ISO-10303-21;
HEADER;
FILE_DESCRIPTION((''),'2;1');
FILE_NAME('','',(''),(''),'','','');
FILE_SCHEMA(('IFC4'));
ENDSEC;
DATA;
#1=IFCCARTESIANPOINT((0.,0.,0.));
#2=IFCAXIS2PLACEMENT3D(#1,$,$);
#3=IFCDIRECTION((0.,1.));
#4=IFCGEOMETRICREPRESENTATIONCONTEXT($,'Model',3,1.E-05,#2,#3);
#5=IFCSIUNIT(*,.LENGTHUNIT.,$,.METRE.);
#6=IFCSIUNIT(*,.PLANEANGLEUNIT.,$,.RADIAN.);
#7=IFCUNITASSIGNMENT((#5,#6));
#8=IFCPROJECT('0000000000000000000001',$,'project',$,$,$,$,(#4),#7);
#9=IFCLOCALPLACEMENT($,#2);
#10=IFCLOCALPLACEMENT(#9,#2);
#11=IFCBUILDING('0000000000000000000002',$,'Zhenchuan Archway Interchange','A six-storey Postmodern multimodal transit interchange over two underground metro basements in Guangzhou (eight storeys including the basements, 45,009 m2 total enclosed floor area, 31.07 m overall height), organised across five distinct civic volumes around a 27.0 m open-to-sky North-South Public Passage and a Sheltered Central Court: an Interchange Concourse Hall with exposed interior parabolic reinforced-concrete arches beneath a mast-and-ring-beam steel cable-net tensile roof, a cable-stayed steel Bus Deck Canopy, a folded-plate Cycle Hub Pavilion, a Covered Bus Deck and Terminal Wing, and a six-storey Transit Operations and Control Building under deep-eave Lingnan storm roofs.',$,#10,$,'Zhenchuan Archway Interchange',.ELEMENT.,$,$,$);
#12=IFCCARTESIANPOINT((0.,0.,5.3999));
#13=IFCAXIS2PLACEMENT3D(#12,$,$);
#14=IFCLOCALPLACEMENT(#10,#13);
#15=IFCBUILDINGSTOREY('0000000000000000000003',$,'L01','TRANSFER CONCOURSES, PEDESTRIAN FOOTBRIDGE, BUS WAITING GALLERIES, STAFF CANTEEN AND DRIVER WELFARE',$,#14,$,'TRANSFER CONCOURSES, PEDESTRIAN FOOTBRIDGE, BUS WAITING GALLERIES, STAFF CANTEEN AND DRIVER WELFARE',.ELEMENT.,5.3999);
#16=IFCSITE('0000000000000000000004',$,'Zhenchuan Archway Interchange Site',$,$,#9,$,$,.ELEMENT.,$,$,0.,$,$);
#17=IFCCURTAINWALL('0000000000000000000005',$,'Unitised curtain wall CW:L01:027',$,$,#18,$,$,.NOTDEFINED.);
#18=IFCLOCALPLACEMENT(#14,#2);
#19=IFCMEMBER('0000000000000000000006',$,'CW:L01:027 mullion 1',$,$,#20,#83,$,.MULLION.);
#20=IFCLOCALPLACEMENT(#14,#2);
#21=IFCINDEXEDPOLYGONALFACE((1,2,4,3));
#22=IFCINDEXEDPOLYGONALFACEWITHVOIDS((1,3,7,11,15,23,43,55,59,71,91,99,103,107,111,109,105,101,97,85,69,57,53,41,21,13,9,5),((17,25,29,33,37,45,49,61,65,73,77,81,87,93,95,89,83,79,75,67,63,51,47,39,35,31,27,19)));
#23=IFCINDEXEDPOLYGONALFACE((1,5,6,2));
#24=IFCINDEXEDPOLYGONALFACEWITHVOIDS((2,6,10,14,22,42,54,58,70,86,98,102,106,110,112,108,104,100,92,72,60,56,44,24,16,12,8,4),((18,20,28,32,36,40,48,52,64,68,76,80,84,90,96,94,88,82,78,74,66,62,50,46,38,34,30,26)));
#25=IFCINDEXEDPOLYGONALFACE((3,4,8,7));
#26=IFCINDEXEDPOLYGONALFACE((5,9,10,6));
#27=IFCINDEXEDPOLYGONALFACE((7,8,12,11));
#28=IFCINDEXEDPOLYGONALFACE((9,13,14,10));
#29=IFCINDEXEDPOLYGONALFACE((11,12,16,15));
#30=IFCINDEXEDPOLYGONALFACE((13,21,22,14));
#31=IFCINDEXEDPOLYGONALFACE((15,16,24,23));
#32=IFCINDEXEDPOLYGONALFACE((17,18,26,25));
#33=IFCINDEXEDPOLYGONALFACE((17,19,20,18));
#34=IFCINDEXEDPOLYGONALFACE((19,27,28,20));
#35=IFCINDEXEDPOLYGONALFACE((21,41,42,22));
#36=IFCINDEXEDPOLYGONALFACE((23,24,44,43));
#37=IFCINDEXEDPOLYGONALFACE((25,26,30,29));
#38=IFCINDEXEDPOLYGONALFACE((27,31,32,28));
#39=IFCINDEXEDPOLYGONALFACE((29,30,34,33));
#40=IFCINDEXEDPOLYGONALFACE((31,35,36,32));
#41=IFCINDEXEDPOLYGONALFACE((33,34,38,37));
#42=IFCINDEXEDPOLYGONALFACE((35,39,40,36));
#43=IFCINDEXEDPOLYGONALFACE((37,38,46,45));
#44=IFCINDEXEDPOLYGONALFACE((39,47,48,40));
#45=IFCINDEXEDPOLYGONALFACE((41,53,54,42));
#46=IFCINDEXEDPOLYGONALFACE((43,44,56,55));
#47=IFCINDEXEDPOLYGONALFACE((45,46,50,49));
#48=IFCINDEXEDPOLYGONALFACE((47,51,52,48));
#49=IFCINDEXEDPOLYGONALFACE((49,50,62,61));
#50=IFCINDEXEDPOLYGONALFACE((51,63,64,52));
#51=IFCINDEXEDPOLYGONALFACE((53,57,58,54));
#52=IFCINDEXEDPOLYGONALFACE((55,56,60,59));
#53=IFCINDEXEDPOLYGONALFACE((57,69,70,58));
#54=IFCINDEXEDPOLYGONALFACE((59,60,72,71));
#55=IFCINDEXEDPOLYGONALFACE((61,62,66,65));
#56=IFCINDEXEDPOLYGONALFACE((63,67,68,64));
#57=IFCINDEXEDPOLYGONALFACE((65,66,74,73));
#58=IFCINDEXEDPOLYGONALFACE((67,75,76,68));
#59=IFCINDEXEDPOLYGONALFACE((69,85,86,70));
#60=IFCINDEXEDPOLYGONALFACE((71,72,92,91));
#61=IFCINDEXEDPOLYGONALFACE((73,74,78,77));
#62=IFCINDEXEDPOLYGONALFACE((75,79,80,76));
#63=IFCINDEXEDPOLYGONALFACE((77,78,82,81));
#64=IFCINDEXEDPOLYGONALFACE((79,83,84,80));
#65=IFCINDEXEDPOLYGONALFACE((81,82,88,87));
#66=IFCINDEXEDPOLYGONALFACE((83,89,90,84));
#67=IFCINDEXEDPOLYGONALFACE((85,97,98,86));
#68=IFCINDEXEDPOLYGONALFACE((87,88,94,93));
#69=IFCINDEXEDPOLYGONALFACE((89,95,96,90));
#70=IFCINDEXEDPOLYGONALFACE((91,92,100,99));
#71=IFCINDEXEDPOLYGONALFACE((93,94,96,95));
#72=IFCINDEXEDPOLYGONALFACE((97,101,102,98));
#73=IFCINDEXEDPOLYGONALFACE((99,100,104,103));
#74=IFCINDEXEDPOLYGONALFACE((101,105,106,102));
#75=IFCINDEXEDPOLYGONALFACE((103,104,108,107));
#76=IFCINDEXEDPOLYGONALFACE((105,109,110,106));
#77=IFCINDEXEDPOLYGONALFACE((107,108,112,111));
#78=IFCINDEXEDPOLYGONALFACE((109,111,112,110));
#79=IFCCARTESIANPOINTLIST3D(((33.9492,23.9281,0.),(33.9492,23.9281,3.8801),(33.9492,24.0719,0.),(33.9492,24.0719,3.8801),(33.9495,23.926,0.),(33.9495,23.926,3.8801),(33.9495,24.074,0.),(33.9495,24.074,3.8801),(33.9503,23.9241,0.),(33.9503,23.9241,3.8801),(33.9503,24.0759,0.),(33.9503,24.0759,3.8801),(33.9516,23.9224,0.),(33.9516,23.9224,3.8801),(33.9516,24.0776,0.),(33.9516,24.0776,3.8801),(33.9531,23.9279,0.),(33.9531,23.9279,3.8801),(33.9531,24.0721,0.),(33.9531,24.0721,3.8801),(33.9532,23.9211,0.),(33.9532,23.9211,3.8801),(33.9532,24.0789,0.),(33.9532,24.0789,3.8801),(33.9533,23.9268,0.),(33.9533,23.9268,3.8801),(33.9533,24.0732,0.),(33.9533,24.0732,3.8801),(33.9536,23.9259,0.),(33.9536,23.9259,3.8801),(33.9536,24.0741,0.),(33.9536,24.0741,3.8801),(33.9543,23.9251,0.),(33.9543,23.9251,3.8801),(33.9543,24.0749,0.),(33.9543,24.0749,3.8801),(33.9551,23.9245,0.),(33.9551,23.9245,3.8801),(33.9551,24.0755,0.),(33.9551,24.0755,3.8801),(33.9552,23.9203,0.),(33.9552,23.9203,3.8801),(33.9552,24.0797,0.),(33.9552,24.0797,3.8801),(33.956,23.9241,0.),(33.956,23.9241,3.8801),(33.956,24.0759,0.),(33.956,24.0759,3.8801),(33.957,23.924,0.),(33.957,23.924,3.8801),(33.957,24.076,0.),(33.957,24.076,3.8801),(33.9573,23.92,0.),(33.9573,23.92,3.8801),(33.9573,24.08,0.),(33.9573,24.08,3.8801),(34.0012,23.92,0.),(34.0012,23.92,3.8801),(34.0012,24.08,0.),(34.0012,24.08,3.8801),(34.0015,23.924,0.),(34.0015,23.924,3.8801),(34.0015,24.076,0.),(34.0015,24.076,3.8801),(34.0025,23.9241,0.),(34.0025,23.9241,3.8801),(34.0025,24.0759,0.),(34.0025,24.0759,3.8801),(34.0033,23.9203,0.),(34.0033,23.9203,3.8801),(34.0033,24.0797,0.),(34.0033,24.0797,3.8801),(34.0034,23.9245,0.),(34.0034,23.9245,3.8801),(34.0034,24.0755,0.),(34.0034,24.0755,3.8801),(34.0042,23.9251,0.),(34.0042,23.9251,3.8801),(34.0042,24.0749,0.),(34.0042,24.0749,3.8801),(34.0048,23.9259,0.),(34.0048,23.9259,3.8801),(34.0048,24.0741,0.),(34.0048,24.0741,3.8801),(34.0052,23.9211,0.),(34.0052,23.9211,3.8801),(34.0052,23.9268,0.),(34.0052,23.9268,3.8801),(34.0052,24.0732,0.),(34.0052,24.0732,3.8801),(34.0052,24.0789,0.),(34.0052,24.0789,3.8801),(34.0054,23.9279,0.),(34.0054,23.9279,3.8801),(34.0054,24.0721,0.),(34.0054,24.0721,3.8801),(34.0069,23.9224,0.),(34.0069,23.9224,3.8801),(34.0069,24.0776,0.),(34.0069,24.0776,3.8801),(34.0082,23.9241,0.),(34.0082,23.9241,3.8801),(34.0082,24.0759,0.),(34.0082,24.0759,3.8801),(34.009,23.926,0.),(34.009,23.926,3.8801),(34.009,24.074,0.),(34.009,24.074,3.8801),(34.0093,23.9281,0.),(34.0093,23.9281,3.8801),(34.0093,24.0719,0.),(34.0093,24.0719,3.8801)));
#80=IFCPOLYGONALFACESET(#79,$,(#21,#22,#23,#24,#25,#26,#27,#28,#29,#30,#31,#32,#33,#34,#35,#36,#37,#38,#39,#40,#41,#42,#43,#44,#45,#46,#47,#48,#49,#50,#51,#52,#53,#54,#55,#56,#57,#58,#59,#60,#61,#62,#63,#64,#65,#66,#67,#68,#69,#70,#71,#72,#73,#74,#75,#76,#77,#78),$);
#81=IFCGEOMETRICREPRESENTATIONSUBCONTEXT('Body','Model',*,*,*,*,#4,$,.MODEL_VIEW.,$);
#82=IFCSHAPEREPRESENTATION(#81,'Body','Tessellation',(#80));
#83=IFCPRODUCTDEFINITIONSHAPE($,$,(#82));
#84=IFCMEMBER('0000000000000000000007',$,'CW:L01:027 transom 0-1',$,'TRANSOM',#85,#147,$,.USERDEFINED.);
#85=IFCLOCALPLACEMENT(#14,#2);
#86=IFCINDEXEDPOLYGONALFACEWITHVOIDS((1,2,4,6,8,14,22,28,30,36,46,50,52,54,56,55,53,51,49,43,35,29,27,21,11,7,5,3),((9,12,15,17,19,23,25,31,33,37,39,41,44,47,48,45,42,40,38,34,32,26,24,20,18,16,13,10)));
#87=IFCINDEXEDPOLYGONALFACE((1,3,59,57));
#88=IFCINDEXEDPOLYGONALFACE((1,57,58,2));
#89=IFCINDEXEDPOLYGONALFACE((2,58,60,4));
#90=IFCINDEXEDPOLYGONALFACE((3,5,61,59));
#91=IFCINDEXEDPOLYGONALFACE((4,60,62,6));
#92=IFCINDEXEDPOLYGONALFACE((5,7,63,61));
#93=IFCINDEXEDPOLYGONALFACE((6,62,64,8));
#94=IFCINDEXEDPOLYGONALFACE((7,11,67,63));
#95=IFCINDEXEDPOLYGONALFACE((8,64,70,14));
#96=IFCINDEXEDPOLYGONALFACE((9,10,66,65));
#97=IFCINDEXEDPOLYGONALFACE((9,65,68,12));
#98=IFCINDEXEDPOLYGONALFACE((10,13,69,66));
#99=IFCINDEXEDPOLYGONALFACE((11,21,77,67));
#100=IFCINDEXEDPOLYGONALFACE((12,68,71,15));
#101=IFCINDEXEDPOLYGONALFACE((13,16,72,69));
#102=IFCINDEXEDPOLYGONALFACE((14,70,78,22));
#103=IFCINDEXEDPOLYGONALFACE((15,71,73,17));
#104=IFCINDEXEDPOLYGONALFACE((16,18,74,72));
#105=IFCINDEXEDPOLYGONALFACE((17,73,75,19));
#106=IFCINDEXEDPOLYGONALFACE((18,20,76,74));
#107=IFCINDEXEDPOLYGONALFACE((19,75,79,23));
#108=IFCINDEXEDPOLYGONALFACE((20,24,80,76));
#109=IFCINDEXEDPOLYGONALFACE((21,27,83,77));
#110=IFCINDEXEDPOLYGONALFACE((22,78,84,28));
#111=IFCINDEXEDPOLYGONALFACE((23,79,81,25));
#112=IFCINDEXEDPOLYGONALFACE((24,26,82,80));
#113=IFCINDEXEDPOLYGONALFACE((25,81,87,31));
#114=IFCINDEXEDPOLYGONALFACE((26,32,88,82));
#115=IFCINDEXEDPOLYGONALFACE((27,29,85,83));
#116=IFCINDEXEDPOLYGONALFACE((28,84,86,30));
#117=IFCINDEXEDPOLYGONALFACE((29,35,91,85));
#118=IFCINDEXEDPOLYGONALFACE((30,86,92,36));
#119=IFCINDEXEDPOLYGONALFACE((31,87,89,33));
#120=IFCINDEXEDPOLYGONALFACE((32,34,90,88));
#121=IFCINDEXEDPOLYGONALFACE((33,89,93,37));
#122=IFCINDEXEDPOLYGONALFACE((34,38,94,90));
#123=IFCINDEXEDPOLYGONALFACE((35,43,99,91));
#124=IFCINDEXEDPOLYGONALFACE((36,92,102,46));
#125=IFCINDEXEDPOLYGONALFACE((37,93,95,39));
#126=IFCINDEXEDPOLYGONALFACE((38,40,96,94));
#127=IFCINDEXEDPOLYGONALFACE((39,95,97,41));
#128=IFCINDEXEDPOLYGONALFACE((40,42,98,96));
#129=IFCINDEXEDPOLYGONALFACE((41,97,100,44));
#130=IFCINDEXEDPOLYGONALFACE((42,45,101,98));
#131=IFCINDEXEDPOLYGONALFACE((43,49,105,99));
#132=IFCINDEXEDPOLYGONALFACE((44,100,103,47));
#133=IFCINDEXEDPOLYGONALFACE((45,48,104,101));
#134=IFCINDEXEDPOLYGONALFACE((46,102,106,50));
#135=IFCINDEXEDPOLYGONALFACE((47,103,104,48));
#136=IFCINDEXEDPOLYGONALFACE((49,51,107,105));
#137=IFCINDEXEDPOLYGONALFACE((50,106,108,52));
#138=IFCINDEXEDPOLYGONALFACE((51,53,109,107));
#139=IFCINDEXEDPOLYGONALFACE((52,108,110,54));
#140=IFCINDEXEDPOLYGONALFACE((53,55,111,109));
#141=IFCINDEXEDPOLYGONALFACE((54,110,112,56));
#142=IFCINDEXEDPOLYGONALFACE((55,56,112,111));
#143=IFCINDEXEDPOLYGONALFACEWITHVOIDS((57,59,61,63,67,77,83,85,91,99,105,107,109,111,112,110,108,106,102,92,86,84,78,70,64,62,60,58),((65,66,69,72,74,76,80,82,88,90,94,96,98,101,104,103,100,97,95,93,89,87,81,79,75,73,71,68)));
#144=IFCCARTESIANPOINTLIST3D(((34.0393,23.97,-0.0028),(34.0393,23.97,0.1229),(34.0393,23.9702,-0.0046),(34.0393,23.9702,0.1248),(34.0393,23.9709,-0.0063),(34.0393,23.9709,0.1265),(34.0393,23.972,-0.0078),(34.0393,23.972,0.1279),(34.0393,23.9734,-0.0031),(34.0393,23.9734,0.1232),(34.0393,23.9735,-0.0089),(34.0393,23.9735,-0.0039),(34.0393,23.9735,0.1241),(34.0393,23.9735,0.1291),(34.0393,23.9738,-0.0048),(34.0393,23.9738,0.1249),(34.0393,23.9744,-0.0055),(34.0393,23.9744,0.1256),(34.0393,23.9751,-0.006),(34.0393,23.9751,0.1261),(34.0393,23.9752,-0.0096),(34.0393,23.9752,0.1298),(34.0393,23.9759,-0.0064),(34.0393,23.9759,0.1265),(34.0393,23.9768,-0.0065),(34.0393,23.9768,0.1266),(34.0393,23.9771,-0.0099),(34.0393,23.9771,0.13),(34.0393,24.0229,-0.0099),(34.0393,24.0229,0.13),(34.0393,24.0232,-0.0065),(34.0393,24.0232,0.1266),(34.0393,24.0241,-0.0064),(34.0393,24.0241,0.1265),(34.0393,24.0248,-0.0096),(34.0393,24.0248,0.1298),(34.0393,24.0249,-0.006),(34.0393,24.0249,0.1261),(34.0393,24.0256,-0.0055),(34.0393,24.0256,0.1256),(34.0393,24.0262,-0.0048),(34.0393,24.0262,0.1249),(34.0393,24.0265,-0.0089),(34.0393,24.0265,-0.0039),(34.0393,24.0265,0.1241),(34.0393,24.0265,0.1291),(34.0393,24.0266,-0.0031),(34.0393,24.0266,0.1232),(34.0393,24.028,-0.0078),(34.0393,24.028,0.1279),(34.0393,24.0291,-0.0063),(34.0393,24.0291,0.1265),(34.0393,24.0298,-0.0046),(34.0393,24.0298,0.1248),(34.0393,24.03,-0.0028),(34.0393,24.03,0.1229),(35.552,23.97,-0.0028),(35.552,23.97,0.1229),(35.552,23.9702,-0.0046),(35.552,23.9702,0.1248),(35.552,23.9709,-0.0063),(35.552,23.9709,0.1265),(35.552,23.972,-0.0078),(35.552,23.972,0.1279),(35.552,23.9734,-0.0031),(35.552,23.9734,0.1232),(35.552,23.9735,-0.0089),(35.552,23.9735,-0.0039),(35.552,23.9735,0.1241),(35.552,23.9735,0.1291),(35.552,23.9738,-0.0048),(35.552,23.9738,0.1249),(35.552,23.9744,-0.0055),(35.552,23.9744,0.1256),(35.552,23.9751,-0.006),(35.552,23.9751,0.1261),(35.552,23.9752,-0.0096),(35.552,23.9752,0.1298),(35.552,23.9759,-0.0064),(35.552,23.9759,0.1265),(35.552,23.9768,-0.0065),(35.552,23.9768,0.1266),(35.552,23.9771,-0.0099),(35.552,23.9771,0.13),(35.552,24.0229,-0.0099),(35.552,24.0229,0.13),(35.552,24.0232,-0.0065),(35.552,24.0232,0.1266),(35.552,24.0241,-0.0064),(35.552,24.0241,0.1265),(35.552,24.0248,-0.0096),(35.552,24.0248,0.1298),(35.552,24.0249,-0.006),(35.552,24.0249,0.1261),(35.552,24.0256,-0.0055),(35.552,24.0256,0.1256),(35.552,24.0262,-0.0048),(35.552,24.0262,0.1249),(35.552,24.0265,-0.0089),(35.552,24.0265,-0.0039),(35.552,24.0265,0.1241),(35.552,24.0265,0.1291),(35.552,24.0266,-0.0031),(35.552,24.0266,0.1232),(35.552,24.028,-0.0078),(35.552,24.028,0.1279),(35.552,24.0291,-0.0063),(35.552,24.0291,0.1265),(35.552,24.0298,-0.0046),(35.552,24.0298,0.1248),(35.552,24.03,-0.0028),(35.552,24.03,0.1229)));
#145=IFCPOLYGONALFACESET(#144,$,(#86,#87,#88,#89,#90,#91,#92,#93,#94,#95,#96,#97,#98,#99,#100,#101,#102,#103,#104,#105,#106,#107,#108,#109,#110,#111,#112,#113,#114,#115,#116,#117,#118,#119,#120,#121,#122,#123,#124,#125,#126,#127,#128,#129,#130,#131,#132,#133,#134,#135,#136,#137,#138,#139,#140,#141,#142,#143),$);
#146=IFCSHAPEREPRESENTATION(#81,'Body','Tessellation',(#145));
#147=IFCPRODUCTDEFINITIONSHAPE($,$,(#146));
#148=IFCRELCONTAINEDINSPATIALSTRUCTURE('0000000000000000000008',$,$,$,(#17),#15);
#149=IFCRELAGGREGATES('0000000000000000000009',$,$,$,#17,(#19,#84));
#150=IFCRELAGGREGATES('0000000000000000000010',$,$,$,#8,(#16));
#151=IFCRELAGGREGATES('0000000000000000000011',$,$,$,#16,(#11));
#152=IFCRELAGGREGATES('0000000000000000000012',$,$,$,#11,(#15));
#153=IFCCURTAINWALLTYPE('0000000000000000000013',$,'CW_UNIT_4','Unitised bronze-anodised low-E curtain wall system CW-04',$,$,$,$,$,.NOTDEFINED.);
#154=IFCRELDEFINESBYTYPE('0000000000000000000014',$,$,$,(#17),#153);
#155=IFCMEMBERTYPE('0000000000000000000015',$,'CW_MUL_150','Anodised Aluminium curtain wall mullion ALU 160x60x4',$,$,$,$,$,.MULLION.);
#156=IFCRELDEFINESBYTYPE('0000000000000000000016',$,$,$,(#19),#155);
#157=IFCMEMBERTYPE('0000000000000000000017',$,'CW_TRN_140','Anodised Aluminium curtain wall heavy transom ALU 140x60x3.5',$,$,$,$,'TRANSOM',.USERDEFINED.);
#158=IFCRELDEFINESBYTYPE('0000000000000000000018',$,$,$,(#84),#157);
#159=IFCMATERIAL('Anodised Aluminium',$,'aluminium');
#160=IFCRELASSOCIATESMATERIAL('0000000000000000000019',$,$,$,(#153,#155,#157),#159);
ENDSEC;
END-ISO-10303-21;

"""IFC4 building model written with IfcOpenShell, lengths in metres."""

from ifc_helpers import new_model, si_unit, direction, frame, origin, origin_2d, place, context, subcontext, project, spatial, hollow_rectangle, extrude, material, material_profile, profile_set, type_object, element, aggregate, save


model = new_model("IFC4")

# Units and contexts
model_context = context("Model", 3, precision=1e-05, world=origin(), true_north=direction((0.0, 1.0)))
body_context = subcontext(model_context, "Body", "Model", "MODEL_VIEW")
ifc_project = project(units=[si_unit("LENGTHUNIT", "METRE"), si_unit("PLANEANGLEUNIT", "RADIAN")], contexts=[model_context])

# Site, building, storey
site_placement = place(None, origin())
site = spatial("IfcSite", under=ifc_project, at=site_placement, Name="Zhenchuan Archway Interchange Site", CompositionType="ELEMENT", RefElevation=0.0)
building_placement = place(site_placement, origin())
building = spatial("IfcBuilding", under=site, at=building_placement, Name="Zhenchuan Archway Interchange", Description="A six-storey Postmodern multimodal transit interchange over two underground metro basements in Guangzhou (eight storeys including the basements, 45,009 m2 total enclosed floor area, 31.07 m overall height), organised across five distinct civic volumes around a 27.0 m open-to-sky North-South Public Passage and a Sheltered Central Court: an Interchange Concourse Hall with exposed interior parabolic reinforced-concrete arches beneath a mast-and-ring-beam steel cable-net tensile roof, a cable-stayed steel Bus Deck Canopy, a folded-plate Cycle Hub Pavilion, a Covered Bus Deck and Terminal Wing, and a six-storey Transit Operations and Control Building under deep-eave Lingnan storm roofs.", LongName="Zhenchuan Archway Interchange", CompositionType="ELEMENT")
storey_placement = place(building_placement, frame((0.0, 0.0, 5.3999)))
storey = spatial("IfcBuildingStorey", under=building, at=storey_placement, Name="L01", Description="TRANSFER CONCOURSES, PEDESTRIAN FOOTBRIDGE, BUS WAITING GALLERIES, STAFF CANTEEN AND DRIVER WELFARE", LongName="TRANSFER CONCOURSES, PEDESTRIAN FOOTBRIDGE, BUS WAITING GALLERIES, STAFF CANTEEN AND DRIVER WELFARE", CompositionType="ELEMENT", Elevation=5.3999)

# Curtain wall, members
ifc_material_1 = material(Name="Anodised Aluminium", Category="aluminium")
curtain_wall_type = type_object("IfcCurtainWallType", Name="CW_UNIT_4", Description="Unitised bronze-anodised low-E curtain wall system CW-04", PredefinedType="NOTDEFINED", material=ifc_material_1)
curtain_wall_placement = place(storey_placement, origin())
curtain_wall = element("IfcCurtainWall", 1, at=curtain_wall_placement, inside=storey, type_object=curtain_wall_type, Name="Unitised curtain wall CW:L01:027", PredefinedType="NOTDEFINED")
ifc_material_profile_1 = material_profile(ifc_material_1, hollow_rectangle(XDim=0.0601, YDim=0.1599, WallThickness=0.0039, InnerFilletRadius=0.0039, OuterFilletRadius=0.0081, at=origin_2d()), Name="ALU 160x60x4")
ifc_profile_set_1 = profile_set([ifc_material_profile_1], Name="Anodised Aluminium")
member_type_1 = type_object("IfcMemberType", Name="CW_MUL_150", Description="Anodised Aluminium curtain wall mullion ALU 160x60x4", PredefinedType="MULLION", material=ifc_profile_set_1)
member_1_placement = place(storey_placement, frame((33.9792, 24.0, 0.0), z_axis=(0.0, 0.0, 1.0), x_axis=(1.0, 0.0, 0.0)))
member_1 = element("IfcMember", 2, at=member_1_placement, type_object=member_type_1, Name="CW:L01:027 mullion 1", PredefinedType="MULLION", context=body_context, shape_type="SweptSolid", body=[
    extrude(hollow_rectangle(XDim=0.0601, YDim=0.1599, WallThickness=0.0039, InnerFilletRadius=0.0039, OuterFilletRadius=0.0081, at=origin_2d()), origin(), (0.0, 0.0, 1.0), 3.8801),
])
ifc_material_profile_2 = material_profile(ifc_material_1, hollow_rectangle(XDim=0.0601, YDim=0.1399, WallThickness=0.0034, InnerFilletRadius=0.0034, OuterFilletRadius=0.0071, at=origin_2d()), Name="ALU 140x60x3.5")
ifc_profile_set_2 = profile_set([ifc_material_profile_2], Name="Anodised Aluminium")
member_type_2 = type_object("IfcMemberType", Name="CW_TRN_140", Description="Anodised Aluminium curtain wall heavy transom ALU 140x60x3.5", ElementType="TRANSOM", PredefinedType="USERDEFINED", material=ifc_profile_set_2)
member_2_placement = place(storey_placement, frame((35.552, 24.0, 0.0601), z_axis=(-1.0, 0.0, 0.0), x_axis=(0.0, -1.0, 0.0)))
member_2 = element("IfcMember", 3, at=member_2_placement, type_object=member_type_2, Name="CW:L01:027 transom 0-1", ObjectType="TRANSOM", PredefinedType="USERDEFINED", context=body_context, shape_type="SweptSolid", body=[
    extrude(hollow_rectangle(XDim=0.0601, YDim=0.1399, WallThickness=0.0034, InnerFilletRadius=0.0034, OuterFilletRadius=0.0071, at=origin_2d()), origin(), (0.0, 0.0, 1.0), 1.5127),
])

aggregate(curtain_wall, [member_1, member_2])

save(model, "model.ifc")
